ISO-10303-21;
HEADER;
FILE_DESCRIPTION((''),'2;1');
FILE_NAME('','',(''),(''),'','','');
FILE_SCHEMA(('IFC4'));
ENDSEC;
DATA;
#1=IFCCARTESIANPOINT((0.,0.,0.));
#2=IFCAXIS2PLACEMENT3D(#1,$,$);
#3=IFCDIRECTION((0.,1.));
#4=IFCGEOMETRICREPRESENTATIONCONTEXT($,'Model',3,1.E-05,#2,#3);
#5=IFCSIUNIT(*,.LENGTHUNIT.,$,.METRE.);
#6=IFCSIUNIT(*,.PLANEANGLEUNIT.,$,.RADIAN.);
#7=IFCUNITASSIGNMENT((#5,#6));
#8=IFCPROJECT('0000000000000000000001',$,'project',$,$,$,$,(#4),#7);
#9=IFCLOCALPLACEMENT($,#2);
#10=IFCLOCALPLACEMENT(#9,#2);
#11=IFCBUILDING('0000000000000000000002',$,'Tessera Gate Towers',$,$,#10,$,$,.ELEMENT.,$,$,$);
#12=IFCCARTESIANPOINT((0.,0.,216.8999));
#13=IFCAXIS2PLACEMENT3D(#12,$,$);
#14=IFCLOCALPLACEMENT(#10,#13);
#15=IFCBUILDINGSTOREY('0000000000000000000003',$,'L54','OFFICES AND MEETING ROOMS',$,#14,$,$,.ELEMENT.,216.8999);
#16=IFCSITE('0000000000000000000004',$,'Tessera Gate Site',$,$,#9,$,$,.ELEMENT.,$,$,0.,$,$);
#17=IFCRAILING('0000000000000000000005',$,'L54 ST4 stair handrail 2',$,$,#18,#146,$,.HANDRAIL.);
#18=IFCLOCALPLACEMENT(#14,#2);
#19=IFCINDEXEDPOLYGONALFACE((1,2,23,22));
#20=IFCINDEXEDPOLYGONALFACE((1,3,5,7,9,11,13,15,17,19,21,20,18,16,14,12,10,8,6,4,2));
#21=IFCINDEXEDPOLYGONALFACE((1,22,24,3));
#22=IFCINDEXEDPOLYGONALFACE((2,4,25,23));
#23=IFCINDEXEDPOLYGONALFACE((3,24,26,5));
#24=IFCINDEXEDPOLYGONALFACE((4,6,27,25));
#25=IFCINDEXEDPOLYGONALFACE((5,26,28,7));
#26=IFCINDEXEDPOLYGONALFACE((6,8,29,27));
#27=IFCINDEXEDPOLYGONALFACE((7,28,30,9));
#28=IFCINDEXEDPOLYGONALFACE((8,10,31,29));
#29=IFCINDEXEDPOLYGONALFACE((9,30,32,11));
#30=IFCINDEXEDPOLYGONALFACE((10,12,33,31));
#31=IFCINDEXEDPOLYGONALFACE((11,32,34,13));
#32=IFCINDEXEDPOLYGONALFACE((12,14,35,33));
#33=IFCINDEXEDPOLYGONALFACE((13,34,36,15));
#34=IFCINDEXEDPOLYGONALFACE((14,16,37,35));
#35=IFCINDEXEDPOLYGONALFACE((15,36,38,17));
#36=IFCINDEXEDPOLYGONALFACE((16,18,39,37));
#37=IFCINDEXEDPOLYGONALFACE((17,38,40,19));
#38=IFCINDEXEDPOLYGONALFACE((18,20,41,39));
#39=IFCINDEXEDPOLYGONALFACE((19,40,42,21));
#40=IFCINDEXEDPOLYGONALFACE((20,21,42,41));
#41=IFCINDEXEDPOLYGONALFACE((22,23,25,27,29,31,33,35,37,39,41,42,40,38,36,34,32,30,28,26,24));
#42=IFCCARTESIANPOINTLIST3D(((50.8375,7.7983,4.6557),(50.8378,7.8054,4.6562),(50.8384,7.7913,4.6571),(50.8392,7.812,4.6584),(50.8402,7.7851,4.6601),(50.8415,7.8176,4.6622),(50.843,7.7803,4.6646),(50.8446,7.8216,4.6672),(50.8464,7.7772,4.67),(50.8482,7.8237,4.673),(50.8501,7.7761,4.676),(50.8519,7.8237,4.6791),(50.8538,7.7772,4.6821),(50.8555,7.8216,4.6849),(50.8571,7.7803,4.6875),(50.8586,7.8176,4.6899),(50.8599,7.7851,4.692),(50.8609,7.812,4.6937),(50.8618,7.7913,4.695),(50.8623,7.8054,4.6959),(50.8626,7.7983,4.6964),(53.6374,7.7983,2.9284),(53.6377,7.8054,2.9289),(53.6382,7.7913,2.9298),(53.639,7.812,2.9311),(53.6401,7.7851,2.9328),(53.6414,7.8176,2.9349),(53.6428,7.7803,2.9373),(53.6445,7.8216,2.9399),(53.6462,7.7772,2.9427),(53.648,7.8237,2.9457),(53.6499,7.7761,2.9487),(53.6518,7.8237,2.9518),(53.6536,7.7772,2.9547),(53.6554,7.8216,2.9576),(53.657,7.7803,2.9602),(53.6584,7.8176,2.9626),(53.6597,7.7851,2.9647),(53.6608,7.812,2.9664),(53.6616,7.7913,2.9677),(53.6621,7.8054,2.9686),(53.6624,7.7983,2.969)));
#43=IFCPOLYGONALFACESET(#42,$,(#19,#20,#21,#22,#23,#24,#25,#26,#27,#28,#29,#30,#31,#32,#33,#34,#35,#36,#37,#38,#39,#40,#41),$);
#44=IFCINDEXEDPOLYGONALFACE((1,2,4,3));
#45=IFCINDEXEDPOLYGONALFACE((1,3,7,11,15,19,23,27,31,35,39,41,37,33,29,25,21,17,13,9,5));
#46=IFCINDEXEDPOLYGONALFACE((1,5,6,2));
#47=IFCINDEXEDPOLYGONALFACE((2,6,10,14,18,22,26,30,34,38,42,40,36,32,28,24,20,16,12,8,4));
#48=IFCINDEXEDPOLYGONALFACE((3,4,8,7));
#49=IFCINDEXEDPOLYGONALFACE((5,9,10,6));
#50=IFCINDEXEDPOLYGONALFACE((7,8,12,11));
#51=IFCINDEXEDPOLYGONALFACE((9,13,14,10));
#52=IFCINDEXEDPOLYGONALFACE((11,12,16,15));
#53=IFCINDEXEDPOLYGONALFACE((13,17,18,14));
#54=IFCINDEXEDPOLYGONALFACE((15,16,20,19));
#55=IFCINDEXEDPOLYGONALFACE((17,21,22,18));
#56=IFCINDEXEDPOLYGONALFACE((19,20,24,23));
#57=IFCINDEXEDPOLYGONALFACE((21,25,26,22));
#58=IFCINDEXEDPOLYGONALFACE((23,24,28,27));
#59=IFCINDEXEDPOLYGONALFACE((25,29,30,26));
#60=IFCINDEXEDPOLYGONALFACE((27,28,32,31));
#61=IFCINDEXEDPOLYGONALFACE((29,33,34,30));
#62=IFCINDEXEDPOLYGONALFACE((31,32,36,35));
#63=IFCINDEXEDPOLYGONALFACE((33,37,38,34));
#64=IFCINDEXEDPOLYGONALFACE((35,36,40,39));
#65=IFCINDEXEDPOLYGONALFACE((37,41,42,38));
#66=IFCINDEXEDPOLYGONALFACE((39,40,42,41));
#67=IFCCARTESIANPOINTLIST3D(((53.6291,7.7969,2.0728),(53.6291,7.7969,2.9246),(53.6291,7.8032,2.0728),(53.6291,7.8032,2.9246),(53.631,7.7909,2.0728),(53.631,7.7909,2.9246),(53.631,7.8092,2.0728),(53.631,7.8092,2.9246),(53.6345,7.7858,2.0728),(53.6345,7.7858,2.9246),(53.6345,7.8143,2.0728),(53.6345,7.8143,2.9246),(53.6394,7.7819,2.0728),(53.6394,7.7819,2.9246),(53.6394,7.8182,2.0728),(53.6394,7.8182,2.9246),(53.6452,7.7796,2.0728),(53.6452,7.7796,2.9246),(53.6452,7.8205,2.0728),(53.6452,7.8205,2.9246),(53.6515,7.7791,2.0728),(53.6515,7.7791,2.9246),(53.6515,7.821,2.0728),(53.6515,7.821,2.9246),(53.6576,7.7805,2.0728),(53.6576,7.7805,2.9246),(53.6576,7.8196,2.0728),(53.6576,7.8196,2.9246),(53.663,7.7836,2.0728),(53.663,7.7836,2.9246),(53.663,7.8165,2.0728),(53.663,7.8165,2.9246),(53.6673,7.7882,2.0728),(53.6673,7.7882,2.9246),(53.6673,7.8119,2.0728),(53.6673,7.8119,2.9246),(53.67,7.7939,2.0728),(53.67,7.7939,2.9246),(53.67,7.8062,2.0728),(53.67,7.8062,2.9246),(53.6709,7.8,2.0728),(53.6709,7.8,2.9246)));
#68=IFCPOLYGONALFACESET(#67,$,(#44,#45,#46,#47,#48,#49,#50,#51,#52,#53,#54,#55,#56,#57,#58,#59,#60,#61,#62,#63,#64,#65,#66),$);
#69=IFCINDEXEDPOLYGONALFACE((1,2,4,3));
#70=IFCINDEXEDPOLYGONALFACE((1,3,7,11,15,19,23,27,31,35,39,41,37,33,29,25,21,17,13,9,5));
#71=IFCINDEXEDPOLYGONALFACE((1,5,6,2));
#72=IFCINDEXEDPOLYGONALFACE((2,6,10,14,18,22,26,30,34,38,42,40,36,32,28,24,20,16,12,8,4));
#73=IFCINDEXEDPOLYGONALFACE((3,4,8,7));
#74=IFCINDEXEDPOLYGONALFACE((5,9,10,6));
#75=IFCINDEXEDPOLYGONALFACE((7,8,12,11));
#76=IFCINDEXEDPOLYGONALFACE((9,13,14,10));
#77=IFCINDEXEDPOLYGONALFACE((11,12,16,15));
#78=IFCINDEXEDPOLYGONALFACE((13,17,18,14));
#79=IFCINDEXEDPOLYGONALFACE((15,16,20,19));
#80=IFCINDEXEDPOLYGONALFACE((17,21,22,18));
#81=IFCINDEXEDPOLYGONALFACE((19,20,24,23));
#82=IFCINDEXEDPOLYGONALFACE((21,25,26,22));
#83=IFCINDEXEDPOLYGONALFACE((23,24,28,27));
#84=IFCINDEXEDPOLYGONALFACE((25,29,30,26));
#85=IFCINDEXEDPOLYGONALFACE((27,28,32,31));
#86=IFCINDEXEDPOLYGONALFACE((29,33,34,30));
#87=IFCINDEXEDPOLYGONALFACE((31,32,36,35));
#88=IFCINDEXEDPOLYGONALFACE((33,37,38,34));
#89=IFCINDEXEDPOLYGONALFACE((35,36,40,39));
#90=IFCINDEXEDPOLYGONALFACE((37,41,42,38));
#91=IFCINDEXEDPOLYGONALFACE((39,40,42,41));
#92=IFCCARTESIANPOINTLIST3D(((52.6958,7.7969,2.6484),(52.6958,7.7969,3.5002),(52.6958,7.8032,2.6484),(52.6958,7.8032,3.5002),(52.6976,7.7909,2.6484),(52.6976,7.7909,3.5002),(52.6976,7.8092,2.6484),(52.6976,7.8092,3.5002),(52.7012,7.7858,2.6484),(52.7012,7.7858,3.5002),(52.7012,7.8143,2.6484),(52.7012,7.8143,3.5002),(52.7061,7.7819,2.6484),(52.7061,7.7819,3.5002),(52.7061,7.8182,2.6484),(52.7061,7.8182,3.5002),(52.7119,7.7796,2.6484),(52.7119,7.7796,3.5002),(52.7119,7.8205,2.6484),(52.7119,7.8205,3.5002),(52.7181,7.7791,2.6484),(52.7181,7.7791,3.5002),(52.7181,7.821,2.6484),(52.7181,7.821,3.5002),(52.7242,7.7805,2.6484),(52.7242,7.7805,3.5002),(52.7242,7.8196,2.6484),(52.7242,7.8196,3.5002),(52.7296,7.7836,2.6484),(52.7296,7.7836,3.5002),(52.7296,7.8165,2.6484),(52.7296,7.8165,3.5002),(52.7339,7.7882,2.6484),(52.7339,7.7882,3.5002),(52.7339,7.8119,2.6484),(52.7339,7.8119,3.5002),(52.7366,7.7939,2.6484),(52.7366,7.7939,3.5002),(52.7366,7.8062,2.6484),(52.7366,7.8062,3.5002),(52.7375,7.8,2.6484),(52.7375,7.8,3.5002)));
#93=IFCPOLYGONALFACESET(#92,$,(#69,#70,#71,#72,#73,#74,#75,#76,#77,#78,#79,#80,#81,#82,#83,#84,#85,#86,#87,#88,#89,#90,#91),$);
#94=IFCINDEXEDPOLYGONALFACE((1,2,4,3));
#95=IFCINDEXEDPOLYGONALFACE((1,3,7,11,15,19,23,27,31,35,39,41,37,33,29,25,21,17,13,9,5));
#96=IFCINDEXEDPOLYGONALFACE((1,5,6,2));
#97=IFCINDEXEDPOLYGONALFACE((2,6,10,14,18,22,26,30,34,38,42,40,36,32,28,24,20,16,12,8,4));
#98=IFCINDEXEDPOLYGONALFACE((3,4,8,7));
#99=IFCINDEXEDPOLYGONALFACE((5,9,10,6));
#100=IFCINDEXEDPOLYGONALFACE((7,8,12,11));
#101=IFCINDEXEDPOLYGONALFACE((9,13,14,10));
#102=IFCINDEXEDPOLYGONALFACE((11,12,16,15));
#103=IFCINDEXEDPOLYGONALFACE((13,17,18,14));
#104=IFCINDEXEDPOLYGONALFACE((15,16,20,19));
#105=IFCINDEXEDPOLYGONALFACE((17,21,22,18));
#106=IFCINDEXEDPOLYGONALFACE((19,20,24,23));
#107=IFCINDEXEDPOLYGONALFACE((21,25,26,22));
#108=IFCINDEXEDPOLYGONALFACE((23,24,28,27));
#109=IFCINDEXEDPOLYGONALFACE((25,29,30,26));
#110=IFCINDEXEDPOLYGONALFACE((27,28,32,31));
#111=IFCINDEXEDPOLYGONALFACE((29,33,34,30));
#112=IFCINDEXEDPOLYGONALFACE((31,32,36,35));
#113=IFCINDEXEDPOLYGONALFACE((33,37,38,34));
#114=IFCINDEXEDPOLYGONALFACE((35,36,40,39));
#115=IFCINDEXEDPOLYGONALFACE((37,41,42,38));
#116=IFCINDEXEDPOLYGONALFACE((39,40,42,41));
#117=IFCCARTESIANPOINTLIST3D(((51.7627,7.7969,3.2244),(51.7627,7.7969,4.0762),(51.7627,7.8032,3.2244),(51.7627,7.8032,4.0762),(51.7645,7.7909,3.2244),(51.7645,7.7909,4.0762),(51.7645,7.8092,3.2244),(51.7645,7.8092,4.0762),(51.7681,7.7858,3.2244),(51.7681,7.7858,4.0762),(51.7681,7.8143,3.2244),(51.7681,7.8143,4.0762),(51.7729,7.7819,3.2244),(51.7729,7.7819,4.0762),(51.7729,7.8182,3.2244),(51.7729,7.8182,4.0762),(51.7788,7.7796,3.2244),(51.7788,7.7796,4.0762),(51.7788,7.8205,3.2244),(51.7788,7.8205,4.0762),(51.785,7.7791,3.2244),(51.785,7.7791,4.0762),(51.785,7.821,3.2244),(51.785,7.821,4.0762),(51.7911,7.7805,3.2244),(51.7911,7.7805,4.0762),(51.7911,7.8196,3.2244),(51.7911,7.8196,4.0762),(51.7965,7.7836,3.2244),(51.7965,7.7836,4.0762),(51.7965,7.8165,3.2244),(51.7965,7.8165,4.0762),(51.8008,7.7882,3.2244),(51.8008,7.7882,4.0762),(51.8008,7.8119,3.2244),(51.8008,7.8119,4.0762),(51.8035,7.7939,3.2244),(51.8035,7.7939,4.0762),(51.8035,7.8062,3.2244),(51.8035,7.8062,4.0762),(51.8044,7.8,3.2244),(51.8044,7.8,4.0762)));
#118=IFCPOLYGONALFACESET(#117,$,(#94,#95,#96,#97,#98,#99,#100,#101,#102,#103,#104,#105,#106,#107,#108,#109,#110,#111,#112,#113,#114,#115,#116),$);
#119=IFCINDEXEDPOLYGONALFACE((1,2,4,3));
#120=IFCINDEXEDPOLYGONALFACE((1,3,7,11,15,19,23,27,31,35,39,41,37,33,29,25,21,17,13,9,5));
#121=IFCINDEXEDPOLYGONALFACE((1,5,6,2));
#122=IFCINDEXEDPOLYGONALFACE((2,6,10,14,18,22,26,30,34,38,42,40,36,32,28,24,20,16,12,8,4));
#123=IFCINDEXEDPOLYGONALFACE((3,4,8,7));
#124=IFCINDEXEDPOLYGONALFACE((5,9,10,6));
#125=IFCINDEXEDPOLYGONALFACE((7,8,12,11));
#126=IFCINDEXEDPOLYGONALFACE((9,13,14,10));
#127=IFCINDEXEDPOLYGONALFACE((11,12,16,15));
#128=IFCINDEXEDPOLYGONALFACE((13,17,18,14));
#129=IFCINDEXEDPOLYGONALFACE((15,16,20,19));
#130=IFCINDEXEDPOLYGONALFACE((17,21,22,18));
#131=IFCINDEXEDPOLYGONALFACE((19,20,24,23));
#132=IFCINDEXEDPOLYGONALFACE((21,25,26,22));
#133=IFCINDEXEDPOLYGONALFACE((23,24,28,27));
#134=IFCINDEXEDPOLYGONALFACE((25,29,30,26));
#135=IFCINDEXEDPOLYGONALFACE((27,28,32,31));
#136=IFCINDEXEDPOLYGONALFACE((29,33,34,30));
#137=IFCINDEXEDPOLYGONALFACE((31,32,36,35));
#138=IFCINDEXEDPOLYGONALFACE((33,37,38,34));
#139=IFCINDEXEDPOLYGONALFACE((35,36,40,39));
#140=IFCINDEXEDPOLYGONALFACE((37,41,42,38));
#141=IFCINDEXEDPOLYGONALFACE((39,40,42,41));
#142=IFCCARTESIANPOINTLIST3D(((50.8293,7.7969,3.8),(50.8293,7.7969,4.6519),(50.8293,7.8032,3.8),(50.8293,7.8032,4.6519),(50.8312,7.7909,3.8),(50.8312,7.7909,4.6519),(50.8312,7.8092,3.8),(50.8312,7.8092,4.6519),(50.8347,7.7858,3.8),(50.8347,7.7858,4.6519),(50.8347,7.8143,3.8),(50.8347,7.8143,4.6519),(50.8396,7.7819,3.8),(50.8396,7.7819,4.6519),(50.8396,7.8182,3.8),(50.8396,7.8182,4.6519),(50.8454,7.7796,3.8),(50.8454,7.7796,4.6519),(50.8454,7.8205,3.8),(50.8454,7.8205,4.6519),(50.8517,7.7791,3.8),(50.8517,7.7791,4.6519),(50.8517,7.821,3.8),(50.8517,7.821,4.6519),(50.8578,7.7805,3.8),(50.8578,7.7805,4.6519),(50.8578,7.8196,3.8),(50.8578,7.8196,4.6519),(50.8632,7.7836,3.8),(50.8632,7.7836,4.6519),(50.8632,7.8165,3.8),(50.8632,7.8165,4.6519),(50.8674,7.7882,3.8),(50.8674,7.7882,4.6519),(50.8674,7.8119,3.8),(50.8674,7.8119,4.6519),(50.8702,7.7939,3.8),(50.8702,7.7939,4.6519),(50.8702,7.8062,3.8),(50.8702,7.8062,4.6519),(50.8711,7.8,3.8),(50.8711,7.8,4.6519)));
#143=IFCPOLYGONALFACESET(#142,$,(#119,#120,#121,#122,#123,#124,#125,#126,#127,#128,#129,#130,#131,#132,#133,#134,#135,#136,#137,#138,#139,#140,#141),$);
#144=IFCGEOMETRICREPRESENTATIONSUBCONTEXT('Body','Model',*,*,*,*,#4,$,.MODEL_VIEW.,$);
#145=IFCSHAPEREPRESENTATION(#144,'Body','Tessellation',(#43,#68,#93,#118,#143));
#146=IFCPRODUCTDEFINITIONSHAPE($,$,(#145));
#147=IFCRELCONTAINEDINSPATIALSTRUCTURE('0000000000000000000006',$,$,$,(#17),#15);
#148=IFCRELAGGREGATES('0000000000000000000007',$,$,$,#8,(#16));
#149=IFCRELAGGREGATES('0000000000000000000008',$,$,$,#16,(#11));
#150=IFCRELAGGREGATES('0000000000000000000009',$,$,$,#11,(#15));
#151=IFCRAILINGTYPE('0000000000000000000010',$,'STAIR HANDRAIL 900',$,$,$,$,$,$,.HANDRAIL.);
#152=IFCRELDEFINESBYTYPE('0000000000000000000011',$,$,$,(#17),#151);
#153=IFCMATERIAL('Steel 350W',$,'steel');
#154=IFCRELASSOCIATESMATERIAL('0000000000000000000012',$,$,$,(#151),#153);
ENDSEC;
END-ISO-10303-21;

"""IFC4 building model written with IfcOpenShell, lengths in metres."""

from ifc_helpers import new_model, si_unit, direction, frame, origin, origin_2d, place, context, subcontext, project, spatial, circle, extrude, material, type_object, element, save


model = new_model("IFC4")

# Units and contexts
model_context = context("Model", 3, precision=1e-05, world=origin(), true_north=direction((0.0, 1.0)))
body_context = subcontext(model_context, "Body", "Model", "MODEL_VIEW")
ifc_project = project(units=[si_unit("LENGTHUNIT", "METRE"), si_unit("PLANEANGLEUNIT", "RADIAN")], contexts=[model_context])

# Site, building, storey
site_placement = place(None, origin())
site = spatial("IfcSite", under=ifc_project, at=site_placement, Name="Tessera Gate Site", CompositionType="ELEMENT", RefElevation=0.0)
building_placement = place(site_placement, origin())
building = spatial("IfcBuilding", under=site, at=building_placement, Name="Tessera Gate Towers", CompositionType="ELEMENT")
storey_placement = place(building_placement, frame((0.0, 0.0, 216.8999)))
storey = spatial("IfcBuildingStorey", under=building, at=storey_placement, Name="L54", Description="OFFICES AND MEETING ROOMS", CompositionType="ELEMENT", Elevation=216.8999)

# Railing
ifc_material_1 = material(Name="Steel 350W", Category="steel")
railing_type_1 = type_object("IfcRailingType", Name="STAIR HANDRAIL 900", PredefinedType="HANDRAIL", material=ifc_material_1)
railing_1_placement = place(storey_placement, frame((53.6499, 7.8, 2.0728)))
element("IfcRailing", 1, at=railing_1_placement, inside=storey, type_object=railing_type_1, Name="L54 ST4 stair handrail 2", PredefinedType="HANDRAIL", context=body_context, shape_type="SweptSolid", body=[
    extrude(circle(Radius=0.0239, at=origin_2d()), frame((0.0, 0.0, 0.876), z_axis=(-0.851069, 0.0, 0.525054), x_axis=(0.0, -1.0, 0.0)), (0.0, 0.0, 1.0), 3.2898),
    extrude(circle(Radius=0.021, at=origin_2d()), origin(), (0.0, 0.0, 1.0), 0.8518),
    extrude(circle(Radius=0.021, at=origin_2d()), frame((-0.9333, 0.0, 0.5757)), (0.0, 0.0, 1.0), 0.8518),
    extrude(circle(Radius=0.021, at=origin_2d()), frame((-1.8665, 0.0, 1.1516)), (0.0, 0.0, 1.0), 0.8518),
    extrude(circle(Radius=0.021, at=origin_2d()), frame((-2.7998, 0.0, 1.7273)), (0.0, 0.0, 1.0), 0.8518),
])

save(model, "model.ifc")
